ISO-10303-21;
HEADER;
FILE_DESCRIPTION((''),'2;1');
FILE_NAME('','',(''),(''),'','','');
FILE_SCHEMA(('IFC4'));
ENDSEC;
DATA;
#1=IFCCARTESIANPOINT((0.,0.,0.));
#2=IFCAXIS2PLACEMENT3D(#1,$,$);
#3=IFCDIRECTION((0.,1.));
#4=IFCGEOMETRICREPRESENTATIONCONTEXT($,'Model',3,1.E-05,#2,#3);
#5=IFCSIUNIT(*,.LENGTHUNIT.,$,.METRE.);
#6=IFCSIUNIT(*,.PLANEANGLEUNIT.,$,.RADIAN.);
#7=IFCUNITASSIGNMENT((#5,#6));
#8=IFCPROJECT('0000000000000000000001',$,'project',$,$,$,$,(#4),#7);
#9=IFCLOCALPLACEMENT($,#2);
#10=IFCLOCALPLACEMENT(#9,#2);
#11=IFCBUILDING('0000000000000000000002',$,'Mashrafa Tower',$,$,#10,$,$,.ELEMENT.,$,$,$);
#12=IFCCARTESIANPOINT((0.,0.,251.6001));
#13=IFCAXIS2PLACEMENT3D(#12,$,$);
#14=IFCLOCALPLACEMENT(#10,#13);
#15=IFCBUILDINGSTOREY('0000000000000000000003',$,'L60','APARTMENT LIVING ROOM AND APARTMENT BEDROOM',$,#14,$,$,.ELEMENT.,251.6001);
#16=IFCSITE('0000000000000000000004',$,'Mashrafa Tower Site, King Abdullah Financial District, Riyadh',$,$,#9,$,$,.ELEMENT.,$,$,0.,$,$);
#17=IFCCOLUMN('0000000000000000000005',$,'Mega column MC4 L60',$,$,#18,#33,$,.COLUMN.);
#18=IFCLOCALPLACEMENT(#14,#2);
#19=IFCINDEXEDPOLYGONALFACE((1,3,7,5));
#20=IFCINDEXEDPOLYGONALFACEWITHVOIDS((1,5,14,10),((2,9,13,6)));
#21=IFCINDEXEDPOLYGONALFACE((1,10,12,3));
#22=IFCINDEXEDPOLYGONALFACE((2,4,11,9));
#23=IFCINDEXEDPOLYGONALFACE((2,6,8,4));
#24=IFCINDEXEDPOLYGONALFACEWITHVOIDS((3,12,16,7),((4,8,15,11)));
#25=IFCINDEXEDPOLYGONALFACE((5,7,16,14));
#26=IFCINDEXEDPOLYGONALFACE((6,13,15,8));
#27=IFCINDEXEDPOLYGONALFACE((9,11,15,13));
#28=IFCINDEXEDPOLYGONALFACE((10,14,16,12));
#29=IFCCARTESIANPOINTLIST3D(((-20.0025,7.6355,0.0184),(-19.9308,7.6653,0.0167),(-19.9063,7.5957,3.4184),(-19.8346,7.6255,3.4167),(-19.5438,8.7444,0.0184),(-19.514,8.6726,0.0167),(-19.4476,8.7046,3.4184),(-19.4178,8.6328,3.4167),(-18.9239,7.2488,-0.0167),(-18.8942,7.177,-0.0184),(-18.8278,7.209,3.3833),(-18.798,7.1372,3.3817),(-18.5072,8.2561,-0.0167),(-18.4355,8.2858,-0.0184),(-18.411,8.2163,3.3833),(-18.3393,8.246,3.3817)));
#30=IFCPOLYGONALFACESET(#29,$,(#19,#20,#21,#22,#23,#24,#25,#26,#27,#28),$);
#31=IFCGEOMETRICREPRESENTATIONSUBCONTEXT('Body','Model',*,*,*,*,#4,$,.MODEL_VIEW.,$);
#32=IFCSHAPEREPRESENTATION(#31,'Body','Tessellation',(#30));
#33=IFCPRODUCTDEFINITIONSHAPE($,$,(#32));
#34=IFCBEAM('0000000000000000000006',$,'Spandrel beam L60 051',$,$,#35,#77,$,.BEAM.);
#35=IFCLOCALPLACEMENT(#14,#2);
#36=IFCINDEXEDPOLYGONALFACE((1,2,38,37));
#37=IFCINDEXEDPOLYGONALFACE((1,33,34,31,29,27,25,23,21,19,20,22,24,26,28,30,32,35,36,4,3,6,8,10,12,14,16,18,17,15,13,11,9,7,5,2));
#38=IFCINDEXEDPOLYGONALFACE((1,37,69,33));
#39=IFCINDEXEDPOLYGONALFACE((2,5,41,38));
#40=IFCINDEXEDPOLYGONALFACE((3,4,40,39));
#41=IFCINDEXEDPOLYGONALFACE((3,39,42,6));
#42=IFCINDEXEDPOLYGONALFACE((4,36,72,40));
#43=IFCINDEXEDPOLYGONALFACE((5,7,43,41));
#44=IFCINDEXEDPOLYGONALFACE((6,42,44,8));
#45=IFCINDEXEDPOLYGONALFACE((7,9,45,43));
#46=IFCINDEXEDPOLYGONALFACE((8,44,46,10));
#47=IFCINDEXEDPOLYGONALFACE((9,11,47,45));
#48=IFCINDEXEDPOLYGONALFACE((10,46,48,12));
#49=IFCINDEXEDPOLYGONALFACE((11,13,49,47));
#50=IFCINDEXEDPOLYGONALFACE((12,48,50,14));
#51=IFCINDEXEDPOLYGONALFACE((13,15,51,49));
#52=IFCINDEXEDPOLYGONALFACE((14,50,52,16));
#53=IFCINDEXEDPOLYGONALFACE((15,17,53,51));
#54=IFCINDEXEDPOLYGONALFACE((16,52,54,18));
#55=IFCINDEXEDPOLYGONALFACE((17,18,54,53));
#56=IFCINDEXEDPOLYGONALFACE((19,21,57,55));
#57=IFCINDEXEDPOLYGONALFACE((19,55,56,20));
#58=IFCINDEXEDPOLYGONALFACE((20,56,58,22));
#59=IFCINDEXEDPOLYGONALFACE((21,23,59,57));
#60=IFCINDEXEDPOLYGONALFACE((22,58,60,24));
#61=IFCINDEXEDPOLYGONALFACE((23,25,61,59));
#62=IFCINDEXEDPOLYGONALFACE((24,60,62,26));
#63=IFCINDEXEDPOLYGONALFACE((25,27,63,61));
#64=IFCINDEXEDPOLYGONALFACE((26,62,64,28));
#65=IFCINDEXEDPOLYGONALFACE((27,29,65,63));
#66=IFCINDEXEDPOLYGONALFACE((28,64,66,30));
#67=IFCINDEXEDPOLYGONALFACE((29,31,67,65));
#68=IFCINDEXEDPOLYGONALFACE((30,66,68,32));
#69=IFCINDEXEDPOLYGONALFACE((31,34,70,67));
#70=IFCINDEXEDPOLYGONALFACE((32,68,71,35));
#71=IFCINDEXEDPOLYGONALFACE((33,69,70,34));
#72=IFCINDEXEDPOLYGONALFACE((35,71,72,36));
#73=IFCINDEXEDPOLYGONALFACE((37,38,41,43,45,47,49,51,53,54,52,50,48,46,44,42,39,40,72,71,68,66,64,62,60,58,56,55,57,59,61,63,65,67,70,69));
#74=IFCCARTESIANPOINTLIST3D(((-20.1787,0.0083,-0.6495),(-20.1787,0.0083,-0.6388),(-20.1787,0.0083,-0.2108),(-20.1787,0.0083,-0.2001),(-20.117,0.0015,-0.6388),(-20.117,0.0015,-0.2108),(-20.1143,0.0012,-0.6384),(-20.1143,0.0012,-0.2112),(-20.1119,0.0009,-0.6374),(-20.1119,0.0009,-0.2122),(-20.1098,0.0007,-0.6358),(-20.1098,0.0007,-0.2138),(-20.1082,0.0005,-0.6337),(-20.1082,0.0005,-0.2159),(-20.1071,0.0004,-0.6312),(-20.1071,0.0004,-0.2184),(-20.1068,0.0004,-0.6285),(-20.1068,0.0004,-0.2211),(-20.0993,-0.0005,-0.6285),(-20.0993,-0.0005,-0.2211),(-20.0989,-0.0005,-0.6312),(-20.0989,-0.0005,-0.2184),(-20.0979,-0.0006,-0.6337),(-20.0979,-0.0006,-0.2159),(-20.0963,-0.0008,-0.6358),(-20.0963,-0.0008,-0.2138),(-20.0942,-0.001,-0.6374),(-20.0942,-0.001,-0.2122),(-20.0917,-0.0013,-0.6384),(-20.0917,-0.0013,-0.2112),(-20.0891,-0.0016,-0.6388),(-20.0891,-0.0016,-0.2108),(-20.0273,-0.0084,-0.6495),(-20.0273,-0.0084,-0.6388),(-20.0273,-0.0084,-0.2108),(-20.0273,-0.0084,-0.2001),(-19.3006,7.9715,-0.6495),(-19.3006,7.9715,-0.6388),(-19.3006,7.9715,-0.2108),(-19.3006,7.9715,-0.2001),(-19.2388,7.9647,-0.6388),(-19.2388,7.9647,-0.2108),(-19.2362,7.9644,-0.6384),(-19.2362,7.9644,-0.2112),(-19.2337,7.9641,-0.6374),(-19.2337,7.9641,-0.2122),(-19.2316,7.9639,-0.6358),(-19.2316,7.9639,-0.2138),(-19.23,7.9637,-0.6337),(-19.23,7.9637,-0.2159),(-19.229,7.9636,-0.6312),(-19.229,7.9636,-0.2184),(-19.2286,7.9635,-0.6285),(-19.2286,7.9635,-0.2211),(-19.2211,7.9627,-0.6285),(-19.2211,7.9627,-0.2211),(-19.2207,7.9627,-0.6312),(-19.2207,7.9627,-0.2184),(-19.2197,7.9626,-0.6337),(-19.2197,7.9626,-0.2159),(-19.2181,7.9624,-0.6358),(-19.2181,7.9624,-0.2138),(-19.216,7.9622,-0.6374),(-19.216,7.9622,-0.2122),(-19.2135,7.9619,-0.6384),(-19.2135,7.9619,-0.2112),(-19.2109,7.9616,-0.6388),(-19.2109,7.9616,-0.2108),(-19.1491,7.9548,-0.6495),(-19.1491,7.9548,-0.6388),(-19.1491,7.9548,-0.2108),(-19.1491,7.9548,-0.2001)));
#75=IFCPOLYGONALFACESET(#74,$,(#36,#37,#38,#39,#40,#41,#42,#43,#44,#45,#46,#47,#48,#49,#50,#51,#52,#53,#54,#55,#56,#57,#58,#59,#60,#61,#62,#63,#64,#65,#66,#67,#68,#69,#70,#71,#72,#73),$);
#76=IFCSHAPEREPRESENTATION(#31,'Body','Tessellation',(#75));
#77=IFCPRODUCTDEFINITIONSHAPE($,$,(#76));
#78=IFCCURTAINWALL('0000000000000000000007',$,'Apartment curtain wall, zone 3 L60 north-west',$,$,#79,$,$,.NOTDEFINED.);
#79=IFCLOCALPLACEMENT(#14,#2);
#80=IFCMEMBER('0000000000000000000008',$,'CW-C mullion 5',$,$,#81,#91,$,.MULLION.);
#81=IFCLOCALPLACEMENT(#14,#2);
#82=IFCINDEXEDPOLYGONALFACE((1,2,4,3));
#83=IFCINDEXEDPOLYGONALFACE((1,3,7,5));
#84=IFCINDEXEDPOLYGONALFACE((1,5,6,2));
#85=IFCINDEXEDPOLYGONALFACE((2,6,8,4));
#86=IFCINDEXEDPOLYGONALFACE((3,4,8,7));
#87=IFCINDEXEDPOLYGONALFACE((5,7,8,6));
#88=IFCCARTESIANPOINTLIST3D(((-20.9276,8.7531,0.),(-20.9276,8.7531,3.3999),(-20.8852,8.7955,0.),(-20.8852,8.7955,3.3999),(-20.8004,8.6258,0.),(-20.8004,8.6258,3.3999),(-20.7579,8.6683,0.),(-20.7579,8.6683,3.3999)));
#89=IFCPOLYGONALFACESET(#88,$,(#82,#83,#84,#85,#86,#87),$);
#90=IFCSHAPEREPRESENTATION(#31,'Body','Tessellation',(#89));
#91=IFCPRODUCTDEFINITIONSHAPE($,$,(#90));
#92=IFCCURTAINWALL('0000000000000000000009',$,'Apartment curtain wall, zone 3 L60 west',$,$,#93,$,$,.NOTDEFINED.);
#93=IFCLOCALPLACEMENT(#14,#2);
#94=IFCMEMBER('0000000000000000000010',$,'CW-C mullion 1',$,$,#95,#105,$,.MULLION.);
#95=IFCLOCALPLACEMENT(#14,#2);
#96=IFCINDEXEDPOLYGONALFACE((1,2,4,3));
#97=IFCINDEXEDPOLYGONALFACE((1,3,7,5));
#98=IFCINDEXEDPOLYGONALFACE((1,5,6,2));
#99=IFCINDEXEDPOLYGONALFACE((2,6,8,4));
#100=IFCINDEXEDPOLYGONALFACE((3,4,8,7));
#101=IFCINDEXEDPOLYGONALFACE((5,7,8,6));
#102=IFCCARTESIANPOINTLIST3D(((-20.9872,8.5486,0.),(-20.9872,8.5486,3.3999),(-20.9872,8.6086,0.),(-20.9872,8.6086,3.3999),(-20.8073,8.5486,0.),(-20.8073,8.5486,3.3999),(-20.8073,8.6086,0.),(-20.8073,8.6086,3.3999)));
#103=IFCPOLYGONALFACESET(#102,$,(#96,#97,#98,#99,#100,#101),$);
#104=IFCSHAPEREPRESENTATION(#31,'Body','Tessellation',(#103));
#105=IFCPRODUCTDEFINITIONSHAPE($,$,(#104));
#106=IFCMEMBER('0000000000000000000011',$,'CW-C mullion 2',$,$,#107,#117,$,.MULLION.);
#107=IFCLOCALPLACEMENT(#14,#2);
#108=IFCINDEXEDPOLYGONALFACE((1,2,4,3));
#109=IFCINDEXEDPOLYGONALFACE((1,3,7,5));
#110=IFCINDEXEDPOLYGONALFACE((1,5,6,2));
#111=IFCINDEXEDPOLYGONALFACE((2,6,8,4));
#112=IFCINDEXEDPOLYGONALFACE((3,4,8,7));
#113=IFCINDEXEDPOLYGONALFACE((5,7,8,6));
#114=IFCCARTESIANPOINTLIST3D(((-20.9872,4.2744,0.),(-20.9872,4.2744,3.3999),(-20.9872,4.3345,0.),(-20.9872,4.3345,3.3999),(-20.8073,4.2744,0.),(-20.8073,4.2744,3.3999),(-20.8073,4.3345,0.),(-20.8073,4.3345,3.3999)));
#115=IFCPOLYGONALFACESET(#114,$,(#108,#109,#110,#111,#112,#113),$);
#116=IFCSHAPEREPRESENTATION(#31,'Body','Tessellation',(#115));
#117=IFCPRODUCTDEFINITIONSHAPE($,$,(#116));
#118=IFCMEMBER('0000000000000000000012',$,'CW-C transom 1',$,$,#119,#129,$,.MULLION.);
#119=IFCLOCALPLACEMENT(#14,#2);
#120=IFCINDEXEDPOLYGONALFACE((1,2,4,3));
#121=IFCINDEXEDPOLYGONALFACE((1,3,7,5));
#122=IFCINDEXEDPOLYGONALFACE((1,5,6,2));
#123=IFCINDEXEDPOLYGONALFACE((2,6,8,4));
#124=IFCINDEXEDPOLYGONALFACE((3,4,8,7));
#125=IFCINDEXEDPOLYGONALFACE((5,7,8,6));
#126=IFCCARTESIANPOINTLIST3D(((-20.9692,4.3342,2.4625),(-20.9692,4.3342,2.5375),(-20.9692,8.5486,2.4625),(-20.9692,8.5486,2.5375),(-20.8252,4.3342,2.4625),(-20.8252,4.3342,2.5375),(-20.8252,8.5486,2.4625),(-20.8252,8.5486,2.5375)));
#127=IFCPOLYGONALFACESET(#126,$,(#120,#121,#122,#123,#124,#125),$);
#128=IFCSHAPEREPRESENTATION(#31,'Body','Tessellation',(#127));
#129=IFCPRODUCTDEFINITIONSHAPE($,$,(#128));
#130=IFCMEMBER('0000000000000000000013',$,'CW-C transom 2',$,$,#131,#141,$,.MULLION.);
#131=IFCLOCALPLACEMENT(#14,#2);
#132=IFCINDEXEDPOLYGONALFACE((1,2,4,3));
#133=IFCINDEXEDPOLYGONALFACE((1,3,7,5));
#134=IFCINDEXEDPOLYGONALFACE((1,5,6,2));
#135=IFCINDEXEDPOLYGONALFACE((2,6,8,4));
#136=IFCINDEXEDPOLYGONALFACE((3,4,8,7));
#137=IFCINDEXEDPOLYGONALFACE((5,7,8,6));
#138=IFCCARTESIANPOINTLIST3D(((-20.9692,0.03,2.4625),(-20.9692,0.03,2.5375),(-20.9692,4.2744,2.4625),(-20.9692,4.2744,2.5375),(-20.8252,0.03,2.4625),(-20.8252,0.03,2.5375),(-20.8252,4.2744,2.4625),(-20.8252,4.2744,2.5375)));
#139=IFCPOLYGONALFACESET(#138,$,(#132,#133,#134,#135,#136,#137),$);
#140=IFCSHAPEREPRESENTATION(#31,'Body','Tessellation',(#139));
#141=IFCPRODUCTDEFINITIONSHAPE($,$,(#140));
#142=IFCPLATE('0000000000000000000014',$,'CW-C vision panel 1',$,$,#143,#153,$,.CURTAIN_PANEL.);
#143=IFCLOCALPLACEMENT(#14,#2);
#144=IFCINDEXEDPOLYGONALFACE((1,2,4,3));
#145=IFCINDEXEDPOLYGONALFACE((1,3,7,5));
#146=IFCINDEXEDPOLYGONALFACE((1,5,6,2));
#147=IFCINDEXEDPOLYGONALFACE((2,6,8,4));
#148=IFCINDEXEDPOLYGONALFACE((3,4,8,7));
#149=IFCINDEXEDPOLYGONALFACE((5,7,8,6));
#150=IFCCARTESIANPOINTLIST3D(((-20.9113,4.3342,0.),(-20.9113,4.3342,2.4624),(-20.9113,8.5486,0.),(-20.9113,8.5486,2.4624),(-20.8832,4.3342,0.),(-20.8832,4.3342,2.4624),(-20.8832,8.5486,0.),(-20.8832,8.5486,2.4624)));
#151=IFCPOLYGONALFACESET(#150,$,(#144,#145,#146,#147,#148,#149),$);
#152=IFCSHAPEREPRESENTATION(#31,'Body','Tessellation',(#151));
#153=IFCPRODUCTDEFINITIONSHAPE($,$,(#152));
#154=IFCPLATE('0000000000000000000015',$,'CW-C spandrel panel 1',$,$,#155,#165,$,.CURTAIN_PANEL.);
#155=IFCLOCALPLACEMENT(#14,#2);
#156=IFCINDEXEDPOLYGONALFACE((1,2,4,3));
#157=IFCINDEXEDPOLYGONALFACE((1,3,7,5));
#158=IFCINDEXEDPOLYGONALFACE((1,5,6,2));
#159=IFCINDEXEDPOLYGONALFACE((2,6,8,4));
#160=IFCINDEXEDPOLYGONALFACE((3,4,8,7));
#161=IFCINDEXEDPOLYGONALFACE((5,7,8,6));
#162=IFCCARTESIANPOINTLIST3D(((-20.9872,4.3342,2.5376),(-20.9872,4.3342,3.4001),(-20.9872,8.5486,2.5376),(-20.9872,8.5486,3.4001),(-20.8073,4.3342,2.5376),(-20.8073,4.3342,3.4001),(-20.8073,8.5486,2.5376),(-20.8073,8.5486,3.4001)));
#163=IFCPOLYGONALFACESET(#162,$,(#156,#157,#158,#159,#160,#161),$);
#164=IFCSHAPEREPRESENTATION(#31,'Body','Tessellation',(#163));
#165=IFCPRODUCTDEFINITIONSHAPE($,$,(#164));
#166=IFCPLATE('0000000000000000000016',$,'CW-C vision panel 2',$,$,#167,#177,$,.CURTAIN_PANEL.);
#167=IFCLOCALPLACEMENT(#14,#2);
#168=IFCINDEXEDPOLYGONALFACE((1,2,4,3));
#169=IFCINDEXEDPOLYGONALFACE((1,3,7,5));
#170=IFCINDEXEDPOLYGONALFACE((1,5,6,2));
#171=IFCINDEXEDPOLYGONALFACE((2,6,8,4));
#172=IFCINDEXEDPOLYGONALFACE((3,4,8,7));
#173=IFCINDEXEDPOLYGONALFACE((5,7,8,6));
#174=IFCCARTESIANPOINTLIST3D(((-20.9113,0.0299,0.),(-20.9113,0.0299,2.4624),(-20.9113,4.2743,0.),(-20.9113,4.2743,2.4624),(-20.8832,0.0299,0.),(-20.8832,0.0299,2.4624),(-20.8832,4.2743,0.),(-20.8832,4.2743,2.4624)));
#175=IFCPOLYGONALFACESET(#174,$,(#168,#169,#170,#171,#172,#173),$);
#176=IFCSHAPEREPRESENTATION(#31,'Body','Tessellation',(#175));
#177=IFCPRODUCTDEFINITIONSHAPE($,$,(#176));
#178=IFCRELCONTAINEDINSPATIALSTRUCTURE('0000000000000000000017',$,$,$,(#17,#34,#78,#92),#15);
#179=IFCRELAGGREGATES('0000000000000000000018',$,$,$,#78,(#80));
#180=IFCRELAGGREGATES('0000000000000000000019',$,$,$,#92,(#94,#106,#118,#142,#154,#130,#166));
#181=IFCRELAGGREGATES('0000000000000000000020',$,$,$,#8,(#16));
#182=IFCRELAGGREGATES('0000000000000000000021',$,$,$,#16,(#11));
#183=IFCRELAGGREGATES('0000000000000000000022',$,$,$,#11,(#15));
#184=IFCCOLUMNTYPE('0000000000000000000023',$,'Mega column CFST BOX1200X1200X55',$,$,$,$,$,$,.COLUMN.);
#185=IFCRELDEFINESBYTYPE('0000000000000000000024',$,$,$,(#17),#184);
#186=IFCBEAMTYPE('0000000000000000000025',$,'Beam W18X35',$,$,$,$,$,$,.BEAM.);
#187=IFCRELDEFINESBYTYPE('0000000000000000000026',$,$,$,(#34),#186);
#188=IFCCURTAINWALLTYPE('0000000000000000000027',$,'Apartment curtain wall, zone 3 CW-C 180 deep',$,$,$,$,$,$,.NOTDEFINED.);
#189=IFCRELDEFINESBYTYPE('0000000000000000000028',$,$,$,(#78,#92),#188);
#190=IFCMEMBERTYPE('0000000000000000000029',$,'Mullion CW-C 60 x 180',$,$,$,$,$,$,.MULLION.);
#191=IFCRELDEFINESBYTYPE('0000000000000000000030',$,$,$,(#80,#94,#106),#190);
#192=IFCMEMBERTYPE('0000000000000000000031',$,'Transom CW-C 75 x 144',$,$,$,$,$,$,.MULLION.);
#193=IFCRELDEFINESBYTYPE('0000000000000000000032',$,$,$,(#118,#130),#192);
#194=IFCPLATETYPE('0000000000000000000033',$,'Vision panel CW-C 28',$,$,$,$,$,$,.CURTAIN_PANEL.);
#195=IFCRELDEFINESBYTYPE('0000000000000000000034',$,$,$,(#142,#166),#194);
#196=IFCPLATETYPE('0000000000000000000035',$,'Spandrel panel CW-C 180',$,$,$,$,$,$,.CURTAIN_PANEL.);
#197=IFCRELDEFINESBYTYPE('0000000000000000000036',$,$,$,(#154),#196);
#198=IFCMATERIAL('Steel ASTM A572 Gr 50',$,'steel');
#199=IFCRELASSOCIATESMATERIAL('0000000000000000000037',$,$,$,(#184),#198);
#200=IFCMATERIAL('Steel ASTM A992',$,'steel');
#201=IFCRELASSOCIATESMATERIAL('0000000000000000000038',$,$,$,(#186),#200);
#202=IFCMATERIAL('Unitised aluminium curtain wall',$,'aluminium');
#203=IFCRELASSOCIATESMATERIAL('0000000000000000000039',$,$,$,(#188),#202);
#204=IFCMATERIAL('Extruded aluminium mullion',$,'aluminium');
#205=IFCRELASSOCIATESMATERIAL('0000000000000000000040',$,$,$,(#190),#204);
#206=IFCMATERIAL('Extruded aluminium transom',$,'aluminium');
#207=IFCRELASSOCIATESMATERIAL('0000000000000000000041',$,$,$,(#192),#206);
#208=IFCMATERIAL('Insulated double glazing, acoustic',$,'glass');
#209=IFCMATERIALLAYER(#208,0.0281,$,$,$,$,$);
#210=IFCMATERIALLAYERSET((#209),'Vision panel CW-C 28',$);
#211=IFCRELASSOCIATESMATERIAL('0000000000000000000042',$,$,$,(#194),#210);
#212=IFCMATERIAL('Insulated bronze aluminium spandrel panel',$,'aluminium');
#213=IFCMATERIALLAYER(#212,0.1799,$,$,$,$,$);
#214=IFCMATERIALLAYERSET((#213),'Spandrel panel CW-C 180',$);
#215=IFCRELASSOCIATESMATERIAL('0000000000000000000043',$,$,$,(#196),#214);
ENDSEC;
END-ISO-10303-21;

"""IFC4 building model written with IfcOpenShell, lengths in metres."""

from ifc_helpers import new_model, si_unit, direction, frame, origin, origin_2d, place, context, subcontext, project, spatial, rectangle, hollow_rectangle, i_section, extrude, source, transform, mapped, material, layer, layer_set, material_profile, profile_set, type_object, type_shapes, element, aggregate, save


model = new_model("IFC4")

# Units and contexts
model_context = context("Model", 3, precision=1e-05, world=origin(), true_north=direction((0.0, 1.0)))
body_context = subcontext(model_context, "Body", "Model", "MODEL_VIEW")
ifc_project = project(units=[si_unit("LENGTHUNIT", "METRE"), si_unit("PLANEANGLEUNIT", "RADIAN")], contexts=[model_context])

# Site, building, storey
site_placement = place(None, origin())
site = spatial("IfcSite", under=ifc_project, at=site_placement, Name="Mashrafa Tower Site, King Abdullah Financial District, Riyadh", CompositionType="ELEMENT", RefElevation=0.0)
building_placement = place(site_placement, origin())
building = spatial("IfcBuilding", under=site, at=building_placement, Name="Mashrafa Tower", CompositionType="ELEMENT")
storey_placement = place(building_placement, frame((0.0, 0.0, 251.6001)))
storey = spatial("IfcBuildingStorey", under=building, at=storey_placement, Name="L60", Description="APARTMENT LIVING ROOM AND APARTMENT BEDROOM", CompositionType="ELEMENT", Elevation=251.6001)

# Column
ifc_material_1 = material(Name="Steel ASTM A572 Gr 50", Category="steel")
ifc_material_profile_1 = material_profile(ifc_material_1, hollow_rectangle(XDim=1.2, YDim=1.2, WallThickness=0.0549, at=origin_2d()), Name="BOX1200X1200X55")
ifc_profile_set_1 = profile_set([ifc_material_profile_1], Name="Steel ASTM A572 Gr 50")
column_type = type_object("IfcColumnType", Name="Mega column CFST BOX1200X1200X55", PredefinedType="COLUMN", material=ifc_profile_set_1)
column_placement = place(storey_placement, frame((-19.219, 7.9607, 0.0), z_axis=(0.028279, -0.011699, 0.999532), x_axis=(0.382283, 0.924045, 0.0)))
element("IfcColumn", 1, at=column_placement, inside=storey, type_object=column_type, Name="Mega column MC4 L60", PredefinedType="COLUMN", context=body_context, shape_type="SweptSolid", body=[
    extrude(hollow_rectangle(XDim=1.2, YDim=1.2, WallThickness=0.0549, at=origin_2d()), origin(), (0.0, 0.0, 1.0), 3.4016),
])

# Beam
ifc_material_2 = material(Name="Steel ASTM A992", Category="steel")
ifc_material_profile_2 = material_profile(ifc_material_2, i_section(OverallWidth=0.1523, OverallDepth=0.4495, WebThickness=0.0076, FlangeThickness=0.0107, FilletRadius=0.0103, at=origin_2d()), Name="W18X35")
ifc_profile_set_2 = profile_set([ifc_material_profile_2], Name="Steel ASTM A992")
beam_type = type_object("IfcBeamType", Name="Beam W18X35", PredefinedType="BEAM", material=ifc_profile_set_2)
beam_placement = place(storey_placement, frame((-19.2249, 7.9631, -0.4248), z_axis=(-0.109615, -0.993974, 0.0), x_axis=(0.993974, -0.109615, 0.0)))
element("IfcBeam", 2, at=beam_placement, inside=storey, type_object=beam_type, Name="Spandrel beam L60 051", PredefinedType="BEAM", context=body_context, shape_type="SweptSolid", body=[
    extrude(i_section(OverallWidth=0.1523, OverallDepth=0.4495, WebThickness=0.0076, FlangeThickness=0.0107, FilletRadius=0.0103, at=origin_2d()), origin(), (0.0, 0.0, 1.0), 8.0115),
])

# Curtain wall, member
ifc_material_3 = material(Name="Unitised aluminium curtain wall", Category="aluminium")
curtain_wall_type = type_object("IfcCurtainWallType", Name="Apartment curtain wall, zone 3 CW-C 180 deep", PredefinedType="NOTDEFINED", material=ifc_material_3)
curtain_wall_1_placement = place(storey_placement, origin())
curtain_wall_1 = element("IfcCurtainWall", 3, at=curtain_wall_1_placement, inside=storey, type_object=curtain_wall_type, Name="Apartment curtain wall, zone 3 L60 north-west", PredefinedType="NOTDEFINED")
ifc_material_4 = material(Name="Extruded aluminium mullion", Category="aluminium")
ifc_material_profile_3 = material_profile(ifc_material_4, rectangle(XDim=0.1799, YDim=0.0601, at=origin_2d()), Name="Mullion 60x180")
ifc_profile_set_3 = profile_set([ifc_material_profile_3], Name="Extruded aluminium mullion")
member_type_1 = type_object("IfcMemberType", Name="Mullion CW-C 60 x 180", PredefinedType="MULLION", material=ifc_profile_set_3)
shared_shape_1 = source(origin(), body_context, "Body", "SweptSolid", [
    extrude(rectangle(XDim=0.1799, YDim=0.0601, at=origin_2d()), origin(), (0.0, 0.0, 1.0), 3.3999),
])
type_shapes(member_type_1, [shared_shape_1])
member_1_placement = place(storey_placement, frame((-20.8428, 8.7107, 0.0), z_axis=(0.0, 0.0, 1.0), x_axis=(0.707107, -0.707107, 0.0)))
member_1 = element("IfcMember", 4, at=member_1_placement, type_object=member_type_1, Name="CW-C mullion 5", PredefinedType="MULLION", context=body_context, shape_type="MappedRepresentation", body=[
    mapped(shared_shape_1, transform((0.0, 0.0, 0.0))),
])
aggregate(curtain_wall_1, [member_1])

# Curtain wall, members, plates
curtain_wall_2_placement = place(storey_placement, origin())
curtain_wall_2 = element("IfcCurtainWall", 5, at=curtain_wall_2_placement, inside=storey, type_object=curtain_wall_type, Name="Apartment curtain wall, zone 3 L60 west", PredefinedType="NOTDEFINED")
member_2_placement = place(storey_placement, frame((-20.8972, 8.5786, 0.0), z_axis=(0.0, 0.0, 1.0), x_axis=(1.0, 0.0, 0.0)))
member_2 = element("IfcMember", 6, at=member_2_placement, type_object=member_type_1, Name="CW-C mullion 1", PredefinedType="MULLION", context=body_context, shape_type="MappedRepresentation", body=[
    mapped(shared_shape_1, transform((0.0, 0.0, 0.0))),
])
member_3_placement = place(storey_placement, frame((-20.8972, 4.3044, 0.0), z_axis=(0.0, 0.0, 1.0), x_axis=(1.0, 0.0, 0.0)))
member_3 = element("IfcMember", 7, at=member_3_placement, type_object=member_type_1, Name="CW-C mullion 2", PredefinedType="MULLION", context=body_context, shape_type="MappedRepresentation", body=[
    mapped(shared_shape_1, transform((0.0, 0.0, 0.0))),
])
ifc_material_5 = material(Name="Extruded aluminium transom", Category="aluminium")
ifc_material_profile_4 = material_profile(ifc_material_5, rectangle(XDim=0.144, YDim=0.075, at=origin_2d()), Name="Transom 75x144")
ifc_profile_set_4 = profile_set([ifc_material_profile_4], Name="Extruded aluminium transom")
member_type_2 = type_object("IfcMemberType", Name="Transom CW-C 75 x 144", PredefinedType="MULLION", material=ifc_profile_set_4)
shared_shape_2 = source(origin(), body_context, "Body", "SweptSolid", [
    extrude(rectangle(XDim=0.144, YDim=0.075, at=origin_2d()), origin(), (0.0, 0.0, 1.0), 4.2144),
])
member_4_placement = place(storey_placement, frame((-20.8972, 8.5486, 2.5), z_axis=(0.0, -1.0, 0.0), x_axis=(1.0, 0.0, 0.0)))
member_4 = element("IfcMember", 8, at=member_4_placement, type_object=member_type_2, Name="CW-C transom 1", PredefinedType="MULLION", context=body_context, shape_type="MappedRepresentation", body=[
    mapped(shared_shape_2, transform((0.0, 0.0, 0.0))),
])
shared_shape_3 = source(origin(), body_context, "Body", "SweptSolid", [
    extrude(rectangle(XDim=0.144, YDim=0.075, at=origin_2d()), origin(), (0.0, 0.0, 1.0), 4.2444),
])
type_shapes(member_type_2, [shared_shape_2, shared_shape_3])
member_5_placement = place(storey_placement, frame((-20.8972, 4.2744, 2.5), z_axis=(0.0, -1.0, 0.0), x_axis=(1.0, 0.0, 0.0)))
member_5 = element("IfcMember", 9, at=member_5_placement, type_object=member_type_2, Name="CW-C transom 2", PredefinedType="MULLION", context=body_context, shape_type="MappedRepresentation", body=[
    mapped(shared_shape_3, transform((0.0, 0.0, 0.0))),
])
ifc_material_6 = material(Name="Insulated double glazing, acoustic", Category="glass")
ifc_layer_1 = layer(ifc_material_6, 0.0281)
ifc_layer_set_1 = layer_set([ifc_layer_1], Name="Vision panel CW-C 28")
plate_type_1 = type_object("IfcPlateType", Name="Vision panel CW-C 28", PredefinedType="CURTAIN_PANEL", material=ifc_layer_set_1)
shared_shape_4 = source(origin(), body_context, "Body", "SweptSolid", [
    extrude(rectangle(XDim=4.2144, YDim=0.0281, at=origin_2d()), origin(), (0.0, 0.0, 1.0), 2.4624),
])
plate_1_placement = place(storey_placement, frame((-20.8972, 6.4414, 0.0), z_axis=(0.0, 0.0, 1.0), x_axis=(0.0, -1.0, 0.0)))
plate_1 = element("IfcPlate", 10, at=plate_1_placement, type_object=plate_type_1, Name="CW-C vision panel 1", PredefinedType="CURTAIN_PANEL", context=body_context, shape_type="MappedRepresentation", body=[
    mapped(shared_shape_4, transform((0.0, 0.0, 0.0))),
])
ifc_material_7 = material(Name="Insulated bronze aluminium spandrel panel", Category="aluminium")
ifc_layer_2 = layer(ifc_material_7, 0.1799)
ifc_layer_set_2 = layer_set([ifc_layer_2], Name="Spandrel panel CW-C 180")
plate_type_2 = type_object("IfcPlateType", Name="Spandrel panel CW-C 180", PredefinedType="CURTAIN_PANEL", material=ifc_layer_set_2)
shared_shape_5 = source(origin(), body_context, "Body", "SweptSolid", [
    extrude(rectangle(XDim=4.2144, YDim=0.1799, at=origin_2d()), origin(), (0.0, 0.0, 1.0), 0.8625),
])
plate_2_placement = place(storey_placement, frame((-20.8972, 6.4414, 2.5376), z_axis=(0.0, 0.0, 1.0), x_axis=(0.0, -1.0, 0.0)))
plate_2 = element("IfcPlate", 11, at=plate_2_placement, type_object=plate_type_2, Name="CW-C spandrel panel 1", PredefinedType="CURTAIN_PANEL", context=body_context, shape_type="MappedRepresentation", body=[
    mapped(shared_shape_5, transform((0.0, 0.0, 0.0))),
])
shared_shape_6 = source(origin(), body_context, "Body", "SweptSolid", [
    extrude(rectangle(XDim=4.2444, YDim=0.0281, at=origin_2d()), origin(), (0.0, 0.0, 1.0), 2.4624),
])
type_shapes(plate_type_1, [shared_shape_4, shared_shape_6])
plate_3_placement = place(storey_placement, frame((-20.8972, 2.1521, 0.0), z_axis=(0.0, 0.0, 1.0), x_axis=(0.0, -1.0, 0.0)))
plate_3 = element("IfcPlate", 12, at=plate_3_placement, type_object=plate_type_1, Name="CW-C vision panel 2", PredefinedType="CURTAIN_PANEL", context=body_context, shape_type="MappedRepresentation", body=[
    mapped(shared_shape_6, transform((0.0, 0.0, 0.0))),
])
aggregate(curtain_wall_2, [member_2, member_3, member_4, plate_1, plate_2, member_5, plate_3])

save(model, "model.ifc")
